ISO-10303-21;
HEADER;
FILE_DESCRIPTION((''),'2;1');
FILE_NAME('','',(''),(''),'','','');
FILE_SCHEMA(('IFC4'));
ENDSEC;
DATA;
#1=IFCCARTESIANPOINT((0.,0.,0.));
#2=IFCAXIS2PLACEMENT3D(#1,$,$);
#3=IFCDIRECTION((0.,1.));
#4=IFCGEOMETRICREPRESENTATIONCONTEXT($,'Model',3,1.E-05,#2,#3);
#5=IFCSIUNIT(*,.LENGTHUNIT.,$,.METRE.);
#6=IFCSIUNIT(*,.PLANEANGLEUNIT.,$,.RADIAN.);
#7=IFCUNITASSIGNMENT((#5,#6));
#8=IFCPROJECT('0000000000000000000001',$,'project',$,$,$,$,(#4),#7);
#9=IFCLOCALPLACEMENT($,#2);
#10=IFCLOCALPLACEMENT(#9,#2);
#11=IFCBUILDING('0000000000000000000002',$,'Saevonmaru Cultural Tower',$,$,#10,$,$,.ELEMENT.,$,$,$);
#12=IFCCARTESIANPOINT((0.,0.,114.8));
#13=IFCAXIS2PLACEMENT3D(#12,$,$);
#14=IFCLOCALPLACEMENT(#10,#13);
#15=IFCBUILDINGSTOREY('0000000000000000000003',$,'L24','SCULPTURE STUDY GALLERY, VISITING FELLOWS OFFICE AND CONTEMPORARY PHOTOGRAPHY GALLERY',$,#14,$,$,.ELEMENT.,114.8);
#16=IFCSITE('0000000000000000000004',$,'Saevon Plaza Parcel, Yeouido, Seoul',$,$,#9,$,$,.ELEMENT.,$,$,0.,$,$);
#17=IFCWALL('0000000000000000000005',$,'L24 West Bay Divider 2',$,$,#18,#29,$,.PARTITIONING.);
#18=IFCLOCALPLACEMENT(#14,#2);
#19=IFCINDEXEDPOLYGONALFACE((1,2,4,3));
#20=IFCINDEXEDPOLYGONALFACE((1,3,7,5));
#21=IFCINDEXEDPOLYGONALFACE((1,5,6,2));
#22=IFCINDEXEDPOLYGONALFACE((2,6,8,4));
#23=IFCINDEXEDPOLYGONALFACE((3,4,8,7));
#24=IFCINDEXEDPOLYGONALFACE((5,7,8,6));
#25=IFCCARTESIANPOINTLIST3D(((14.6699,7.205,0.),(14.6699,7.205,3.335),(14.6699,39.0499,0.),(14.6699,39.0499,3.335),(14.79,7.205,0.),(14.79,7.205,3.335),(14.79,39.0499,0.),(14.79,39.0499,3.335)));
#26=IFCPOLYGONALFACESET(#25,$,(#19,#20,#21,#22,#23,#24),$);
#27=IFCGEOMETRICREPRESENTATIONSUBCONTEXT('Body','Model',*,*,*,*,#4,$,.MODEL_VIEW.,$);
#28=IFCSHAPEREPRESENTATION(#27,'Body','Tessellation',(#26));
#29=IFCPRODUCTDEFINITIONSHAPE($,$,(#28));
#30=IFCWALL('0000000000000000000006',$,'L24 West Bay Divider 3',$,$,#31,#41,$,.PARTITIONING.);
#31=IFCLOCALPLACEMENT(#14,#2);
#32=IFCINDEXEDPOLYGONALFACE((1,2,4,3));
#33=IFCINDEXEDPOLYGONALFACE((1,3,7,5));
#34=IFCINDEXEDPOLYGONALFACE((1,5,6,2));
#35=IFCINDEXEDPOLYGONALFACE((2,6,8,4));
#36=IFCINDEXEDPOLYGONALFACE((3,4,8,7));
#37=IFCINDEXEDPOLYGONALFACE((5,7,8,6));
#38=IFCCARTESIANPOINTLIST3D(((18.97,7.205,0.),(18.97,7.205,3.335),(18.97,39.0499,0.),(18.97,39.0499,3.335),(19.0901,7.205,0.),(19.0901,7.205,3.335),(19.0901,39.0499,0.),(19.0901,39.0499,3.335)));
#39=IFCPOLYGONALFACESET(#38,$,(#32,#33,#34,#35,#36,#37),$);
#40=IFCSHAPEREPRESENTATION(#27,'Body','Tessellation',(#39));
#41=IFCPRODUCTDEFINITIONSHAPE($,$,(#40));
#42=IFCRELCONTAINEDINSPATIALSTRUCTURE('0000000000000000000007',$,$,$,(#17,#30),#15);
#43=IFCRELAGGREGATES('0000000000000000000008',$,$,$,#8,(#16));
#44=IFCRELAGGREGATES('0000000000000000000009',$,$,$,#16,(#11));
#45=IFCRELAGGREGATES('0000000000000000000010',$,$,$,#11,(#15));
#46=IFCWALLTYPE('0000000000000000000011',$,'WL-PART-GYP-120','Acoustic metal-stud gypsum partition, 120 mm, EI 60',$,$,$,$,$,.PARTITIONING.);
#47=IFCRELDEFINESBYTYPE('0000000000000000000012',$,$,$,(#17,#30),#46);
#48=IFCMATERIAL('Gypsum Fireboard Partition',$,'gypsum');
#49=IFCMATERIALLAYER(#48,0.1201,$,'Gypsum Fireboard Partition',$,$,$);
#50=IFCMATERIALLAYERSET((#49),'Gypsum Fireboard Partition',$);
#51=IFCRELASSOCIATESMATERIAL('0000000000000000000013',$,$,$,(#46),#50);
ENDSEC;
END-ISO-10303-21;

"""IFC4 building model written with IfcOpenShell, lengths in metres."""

from ifc_helpers import new_model, si_unit, direction, frame, frame_2d, origin, place, context, subcontext, project, spatial, rectangle, extrude, material, layer, layer_set, type_object, element, save


model = new_model("IFC4")

# Units and contexts
model_context = context("Model", 3, precision=1e-05, world=origin(), true_north=direction((0.0, 1.0)))
body_context = subcontext(model_context, "Body", "Model", "MODEL_VIEW")
ifc_project = project(units=[si_unit("LENGTHUNIT", "METRE"), si_unit("PLANEANGLEUNIT", "RADIAN")], contexts=[model_context])

# Site, building, storey
site_placement = place(None, origin())
site = spatial("IfcSite", under=ifc_project, at=site_placement, Name="Saevon Plaza Parcel, Yeouido, Seoul", CompositionType="ELEMENT", RefElevation=0.0)
building_placement = place(site_placement, origin())
building = spatial("IfcBuilding", under=site, at=building_placement, Name="Saevonmaru Cultural Tower", CompositionType="ELEMENT")
storey_placement = place(building_placement, frame((0.0, 0.0, 114.8)))
storey = spatial("IfcBuildingStorey", under=building, at=storey_placement, Name="L24", Description="SCULPTURE STUDY GALLERY, VISITING FELLOWS OFFICE AND CONTEMPORARY PHOTOGRAPHY GALLERY", CompositionType="ELEMENT", Elevation=114.8)

# Walls
ifc_material_1 = material(Name="Gypsum Fireboard Partition", Category="gypsum")
ifc_layer_1 = layer(ifc_material_1, 0.1201, Name="Gypsum Fireboard Partition")
ifc_layer_set_1 = layer_set([ifc_layer_1], Name="Gypsum Fireboard Partition")
wall_type_1 = type_object("IfcWallType", Name="WL-PART-GYP-120", Description="Acoustic metal-stud gypsum partition, 120 mm, EI 60", PredefinedType="PARTITIONING", material=ifc_layer_set_1)
for number, where, z_axis, x_axis, name in (
    (1, (14.73, 7.2051, 0.0), (0.0, 0.0, 1.0), (0.0, 1.0, 0.0), "L24 West Bay Divider 2"),
    (2, (19.03, 7.2051, 0.0), (0.0, 0.0, 1.0), (0.0, 1.0, 0.0), "L24 West Bay Divider 3"),
):
    element("IfcWall", number, at=place(storey_placement, frame(where, z_axis=z_axis, x_axis=x_axis)), inside=storey, type_object=wall_type_1, Name=name, PredefinedType="PARTITIONING", context=body_context, shape_type="SweptSolid", body=[
        extrude(rectangle(XDim=31.845, YDim=0.1201, at=frame_2d((15.9224, 0.0))), origin(), (0.0, 0.0, 1.0), 3.335),
    ])

save(model, "model.ifc")
